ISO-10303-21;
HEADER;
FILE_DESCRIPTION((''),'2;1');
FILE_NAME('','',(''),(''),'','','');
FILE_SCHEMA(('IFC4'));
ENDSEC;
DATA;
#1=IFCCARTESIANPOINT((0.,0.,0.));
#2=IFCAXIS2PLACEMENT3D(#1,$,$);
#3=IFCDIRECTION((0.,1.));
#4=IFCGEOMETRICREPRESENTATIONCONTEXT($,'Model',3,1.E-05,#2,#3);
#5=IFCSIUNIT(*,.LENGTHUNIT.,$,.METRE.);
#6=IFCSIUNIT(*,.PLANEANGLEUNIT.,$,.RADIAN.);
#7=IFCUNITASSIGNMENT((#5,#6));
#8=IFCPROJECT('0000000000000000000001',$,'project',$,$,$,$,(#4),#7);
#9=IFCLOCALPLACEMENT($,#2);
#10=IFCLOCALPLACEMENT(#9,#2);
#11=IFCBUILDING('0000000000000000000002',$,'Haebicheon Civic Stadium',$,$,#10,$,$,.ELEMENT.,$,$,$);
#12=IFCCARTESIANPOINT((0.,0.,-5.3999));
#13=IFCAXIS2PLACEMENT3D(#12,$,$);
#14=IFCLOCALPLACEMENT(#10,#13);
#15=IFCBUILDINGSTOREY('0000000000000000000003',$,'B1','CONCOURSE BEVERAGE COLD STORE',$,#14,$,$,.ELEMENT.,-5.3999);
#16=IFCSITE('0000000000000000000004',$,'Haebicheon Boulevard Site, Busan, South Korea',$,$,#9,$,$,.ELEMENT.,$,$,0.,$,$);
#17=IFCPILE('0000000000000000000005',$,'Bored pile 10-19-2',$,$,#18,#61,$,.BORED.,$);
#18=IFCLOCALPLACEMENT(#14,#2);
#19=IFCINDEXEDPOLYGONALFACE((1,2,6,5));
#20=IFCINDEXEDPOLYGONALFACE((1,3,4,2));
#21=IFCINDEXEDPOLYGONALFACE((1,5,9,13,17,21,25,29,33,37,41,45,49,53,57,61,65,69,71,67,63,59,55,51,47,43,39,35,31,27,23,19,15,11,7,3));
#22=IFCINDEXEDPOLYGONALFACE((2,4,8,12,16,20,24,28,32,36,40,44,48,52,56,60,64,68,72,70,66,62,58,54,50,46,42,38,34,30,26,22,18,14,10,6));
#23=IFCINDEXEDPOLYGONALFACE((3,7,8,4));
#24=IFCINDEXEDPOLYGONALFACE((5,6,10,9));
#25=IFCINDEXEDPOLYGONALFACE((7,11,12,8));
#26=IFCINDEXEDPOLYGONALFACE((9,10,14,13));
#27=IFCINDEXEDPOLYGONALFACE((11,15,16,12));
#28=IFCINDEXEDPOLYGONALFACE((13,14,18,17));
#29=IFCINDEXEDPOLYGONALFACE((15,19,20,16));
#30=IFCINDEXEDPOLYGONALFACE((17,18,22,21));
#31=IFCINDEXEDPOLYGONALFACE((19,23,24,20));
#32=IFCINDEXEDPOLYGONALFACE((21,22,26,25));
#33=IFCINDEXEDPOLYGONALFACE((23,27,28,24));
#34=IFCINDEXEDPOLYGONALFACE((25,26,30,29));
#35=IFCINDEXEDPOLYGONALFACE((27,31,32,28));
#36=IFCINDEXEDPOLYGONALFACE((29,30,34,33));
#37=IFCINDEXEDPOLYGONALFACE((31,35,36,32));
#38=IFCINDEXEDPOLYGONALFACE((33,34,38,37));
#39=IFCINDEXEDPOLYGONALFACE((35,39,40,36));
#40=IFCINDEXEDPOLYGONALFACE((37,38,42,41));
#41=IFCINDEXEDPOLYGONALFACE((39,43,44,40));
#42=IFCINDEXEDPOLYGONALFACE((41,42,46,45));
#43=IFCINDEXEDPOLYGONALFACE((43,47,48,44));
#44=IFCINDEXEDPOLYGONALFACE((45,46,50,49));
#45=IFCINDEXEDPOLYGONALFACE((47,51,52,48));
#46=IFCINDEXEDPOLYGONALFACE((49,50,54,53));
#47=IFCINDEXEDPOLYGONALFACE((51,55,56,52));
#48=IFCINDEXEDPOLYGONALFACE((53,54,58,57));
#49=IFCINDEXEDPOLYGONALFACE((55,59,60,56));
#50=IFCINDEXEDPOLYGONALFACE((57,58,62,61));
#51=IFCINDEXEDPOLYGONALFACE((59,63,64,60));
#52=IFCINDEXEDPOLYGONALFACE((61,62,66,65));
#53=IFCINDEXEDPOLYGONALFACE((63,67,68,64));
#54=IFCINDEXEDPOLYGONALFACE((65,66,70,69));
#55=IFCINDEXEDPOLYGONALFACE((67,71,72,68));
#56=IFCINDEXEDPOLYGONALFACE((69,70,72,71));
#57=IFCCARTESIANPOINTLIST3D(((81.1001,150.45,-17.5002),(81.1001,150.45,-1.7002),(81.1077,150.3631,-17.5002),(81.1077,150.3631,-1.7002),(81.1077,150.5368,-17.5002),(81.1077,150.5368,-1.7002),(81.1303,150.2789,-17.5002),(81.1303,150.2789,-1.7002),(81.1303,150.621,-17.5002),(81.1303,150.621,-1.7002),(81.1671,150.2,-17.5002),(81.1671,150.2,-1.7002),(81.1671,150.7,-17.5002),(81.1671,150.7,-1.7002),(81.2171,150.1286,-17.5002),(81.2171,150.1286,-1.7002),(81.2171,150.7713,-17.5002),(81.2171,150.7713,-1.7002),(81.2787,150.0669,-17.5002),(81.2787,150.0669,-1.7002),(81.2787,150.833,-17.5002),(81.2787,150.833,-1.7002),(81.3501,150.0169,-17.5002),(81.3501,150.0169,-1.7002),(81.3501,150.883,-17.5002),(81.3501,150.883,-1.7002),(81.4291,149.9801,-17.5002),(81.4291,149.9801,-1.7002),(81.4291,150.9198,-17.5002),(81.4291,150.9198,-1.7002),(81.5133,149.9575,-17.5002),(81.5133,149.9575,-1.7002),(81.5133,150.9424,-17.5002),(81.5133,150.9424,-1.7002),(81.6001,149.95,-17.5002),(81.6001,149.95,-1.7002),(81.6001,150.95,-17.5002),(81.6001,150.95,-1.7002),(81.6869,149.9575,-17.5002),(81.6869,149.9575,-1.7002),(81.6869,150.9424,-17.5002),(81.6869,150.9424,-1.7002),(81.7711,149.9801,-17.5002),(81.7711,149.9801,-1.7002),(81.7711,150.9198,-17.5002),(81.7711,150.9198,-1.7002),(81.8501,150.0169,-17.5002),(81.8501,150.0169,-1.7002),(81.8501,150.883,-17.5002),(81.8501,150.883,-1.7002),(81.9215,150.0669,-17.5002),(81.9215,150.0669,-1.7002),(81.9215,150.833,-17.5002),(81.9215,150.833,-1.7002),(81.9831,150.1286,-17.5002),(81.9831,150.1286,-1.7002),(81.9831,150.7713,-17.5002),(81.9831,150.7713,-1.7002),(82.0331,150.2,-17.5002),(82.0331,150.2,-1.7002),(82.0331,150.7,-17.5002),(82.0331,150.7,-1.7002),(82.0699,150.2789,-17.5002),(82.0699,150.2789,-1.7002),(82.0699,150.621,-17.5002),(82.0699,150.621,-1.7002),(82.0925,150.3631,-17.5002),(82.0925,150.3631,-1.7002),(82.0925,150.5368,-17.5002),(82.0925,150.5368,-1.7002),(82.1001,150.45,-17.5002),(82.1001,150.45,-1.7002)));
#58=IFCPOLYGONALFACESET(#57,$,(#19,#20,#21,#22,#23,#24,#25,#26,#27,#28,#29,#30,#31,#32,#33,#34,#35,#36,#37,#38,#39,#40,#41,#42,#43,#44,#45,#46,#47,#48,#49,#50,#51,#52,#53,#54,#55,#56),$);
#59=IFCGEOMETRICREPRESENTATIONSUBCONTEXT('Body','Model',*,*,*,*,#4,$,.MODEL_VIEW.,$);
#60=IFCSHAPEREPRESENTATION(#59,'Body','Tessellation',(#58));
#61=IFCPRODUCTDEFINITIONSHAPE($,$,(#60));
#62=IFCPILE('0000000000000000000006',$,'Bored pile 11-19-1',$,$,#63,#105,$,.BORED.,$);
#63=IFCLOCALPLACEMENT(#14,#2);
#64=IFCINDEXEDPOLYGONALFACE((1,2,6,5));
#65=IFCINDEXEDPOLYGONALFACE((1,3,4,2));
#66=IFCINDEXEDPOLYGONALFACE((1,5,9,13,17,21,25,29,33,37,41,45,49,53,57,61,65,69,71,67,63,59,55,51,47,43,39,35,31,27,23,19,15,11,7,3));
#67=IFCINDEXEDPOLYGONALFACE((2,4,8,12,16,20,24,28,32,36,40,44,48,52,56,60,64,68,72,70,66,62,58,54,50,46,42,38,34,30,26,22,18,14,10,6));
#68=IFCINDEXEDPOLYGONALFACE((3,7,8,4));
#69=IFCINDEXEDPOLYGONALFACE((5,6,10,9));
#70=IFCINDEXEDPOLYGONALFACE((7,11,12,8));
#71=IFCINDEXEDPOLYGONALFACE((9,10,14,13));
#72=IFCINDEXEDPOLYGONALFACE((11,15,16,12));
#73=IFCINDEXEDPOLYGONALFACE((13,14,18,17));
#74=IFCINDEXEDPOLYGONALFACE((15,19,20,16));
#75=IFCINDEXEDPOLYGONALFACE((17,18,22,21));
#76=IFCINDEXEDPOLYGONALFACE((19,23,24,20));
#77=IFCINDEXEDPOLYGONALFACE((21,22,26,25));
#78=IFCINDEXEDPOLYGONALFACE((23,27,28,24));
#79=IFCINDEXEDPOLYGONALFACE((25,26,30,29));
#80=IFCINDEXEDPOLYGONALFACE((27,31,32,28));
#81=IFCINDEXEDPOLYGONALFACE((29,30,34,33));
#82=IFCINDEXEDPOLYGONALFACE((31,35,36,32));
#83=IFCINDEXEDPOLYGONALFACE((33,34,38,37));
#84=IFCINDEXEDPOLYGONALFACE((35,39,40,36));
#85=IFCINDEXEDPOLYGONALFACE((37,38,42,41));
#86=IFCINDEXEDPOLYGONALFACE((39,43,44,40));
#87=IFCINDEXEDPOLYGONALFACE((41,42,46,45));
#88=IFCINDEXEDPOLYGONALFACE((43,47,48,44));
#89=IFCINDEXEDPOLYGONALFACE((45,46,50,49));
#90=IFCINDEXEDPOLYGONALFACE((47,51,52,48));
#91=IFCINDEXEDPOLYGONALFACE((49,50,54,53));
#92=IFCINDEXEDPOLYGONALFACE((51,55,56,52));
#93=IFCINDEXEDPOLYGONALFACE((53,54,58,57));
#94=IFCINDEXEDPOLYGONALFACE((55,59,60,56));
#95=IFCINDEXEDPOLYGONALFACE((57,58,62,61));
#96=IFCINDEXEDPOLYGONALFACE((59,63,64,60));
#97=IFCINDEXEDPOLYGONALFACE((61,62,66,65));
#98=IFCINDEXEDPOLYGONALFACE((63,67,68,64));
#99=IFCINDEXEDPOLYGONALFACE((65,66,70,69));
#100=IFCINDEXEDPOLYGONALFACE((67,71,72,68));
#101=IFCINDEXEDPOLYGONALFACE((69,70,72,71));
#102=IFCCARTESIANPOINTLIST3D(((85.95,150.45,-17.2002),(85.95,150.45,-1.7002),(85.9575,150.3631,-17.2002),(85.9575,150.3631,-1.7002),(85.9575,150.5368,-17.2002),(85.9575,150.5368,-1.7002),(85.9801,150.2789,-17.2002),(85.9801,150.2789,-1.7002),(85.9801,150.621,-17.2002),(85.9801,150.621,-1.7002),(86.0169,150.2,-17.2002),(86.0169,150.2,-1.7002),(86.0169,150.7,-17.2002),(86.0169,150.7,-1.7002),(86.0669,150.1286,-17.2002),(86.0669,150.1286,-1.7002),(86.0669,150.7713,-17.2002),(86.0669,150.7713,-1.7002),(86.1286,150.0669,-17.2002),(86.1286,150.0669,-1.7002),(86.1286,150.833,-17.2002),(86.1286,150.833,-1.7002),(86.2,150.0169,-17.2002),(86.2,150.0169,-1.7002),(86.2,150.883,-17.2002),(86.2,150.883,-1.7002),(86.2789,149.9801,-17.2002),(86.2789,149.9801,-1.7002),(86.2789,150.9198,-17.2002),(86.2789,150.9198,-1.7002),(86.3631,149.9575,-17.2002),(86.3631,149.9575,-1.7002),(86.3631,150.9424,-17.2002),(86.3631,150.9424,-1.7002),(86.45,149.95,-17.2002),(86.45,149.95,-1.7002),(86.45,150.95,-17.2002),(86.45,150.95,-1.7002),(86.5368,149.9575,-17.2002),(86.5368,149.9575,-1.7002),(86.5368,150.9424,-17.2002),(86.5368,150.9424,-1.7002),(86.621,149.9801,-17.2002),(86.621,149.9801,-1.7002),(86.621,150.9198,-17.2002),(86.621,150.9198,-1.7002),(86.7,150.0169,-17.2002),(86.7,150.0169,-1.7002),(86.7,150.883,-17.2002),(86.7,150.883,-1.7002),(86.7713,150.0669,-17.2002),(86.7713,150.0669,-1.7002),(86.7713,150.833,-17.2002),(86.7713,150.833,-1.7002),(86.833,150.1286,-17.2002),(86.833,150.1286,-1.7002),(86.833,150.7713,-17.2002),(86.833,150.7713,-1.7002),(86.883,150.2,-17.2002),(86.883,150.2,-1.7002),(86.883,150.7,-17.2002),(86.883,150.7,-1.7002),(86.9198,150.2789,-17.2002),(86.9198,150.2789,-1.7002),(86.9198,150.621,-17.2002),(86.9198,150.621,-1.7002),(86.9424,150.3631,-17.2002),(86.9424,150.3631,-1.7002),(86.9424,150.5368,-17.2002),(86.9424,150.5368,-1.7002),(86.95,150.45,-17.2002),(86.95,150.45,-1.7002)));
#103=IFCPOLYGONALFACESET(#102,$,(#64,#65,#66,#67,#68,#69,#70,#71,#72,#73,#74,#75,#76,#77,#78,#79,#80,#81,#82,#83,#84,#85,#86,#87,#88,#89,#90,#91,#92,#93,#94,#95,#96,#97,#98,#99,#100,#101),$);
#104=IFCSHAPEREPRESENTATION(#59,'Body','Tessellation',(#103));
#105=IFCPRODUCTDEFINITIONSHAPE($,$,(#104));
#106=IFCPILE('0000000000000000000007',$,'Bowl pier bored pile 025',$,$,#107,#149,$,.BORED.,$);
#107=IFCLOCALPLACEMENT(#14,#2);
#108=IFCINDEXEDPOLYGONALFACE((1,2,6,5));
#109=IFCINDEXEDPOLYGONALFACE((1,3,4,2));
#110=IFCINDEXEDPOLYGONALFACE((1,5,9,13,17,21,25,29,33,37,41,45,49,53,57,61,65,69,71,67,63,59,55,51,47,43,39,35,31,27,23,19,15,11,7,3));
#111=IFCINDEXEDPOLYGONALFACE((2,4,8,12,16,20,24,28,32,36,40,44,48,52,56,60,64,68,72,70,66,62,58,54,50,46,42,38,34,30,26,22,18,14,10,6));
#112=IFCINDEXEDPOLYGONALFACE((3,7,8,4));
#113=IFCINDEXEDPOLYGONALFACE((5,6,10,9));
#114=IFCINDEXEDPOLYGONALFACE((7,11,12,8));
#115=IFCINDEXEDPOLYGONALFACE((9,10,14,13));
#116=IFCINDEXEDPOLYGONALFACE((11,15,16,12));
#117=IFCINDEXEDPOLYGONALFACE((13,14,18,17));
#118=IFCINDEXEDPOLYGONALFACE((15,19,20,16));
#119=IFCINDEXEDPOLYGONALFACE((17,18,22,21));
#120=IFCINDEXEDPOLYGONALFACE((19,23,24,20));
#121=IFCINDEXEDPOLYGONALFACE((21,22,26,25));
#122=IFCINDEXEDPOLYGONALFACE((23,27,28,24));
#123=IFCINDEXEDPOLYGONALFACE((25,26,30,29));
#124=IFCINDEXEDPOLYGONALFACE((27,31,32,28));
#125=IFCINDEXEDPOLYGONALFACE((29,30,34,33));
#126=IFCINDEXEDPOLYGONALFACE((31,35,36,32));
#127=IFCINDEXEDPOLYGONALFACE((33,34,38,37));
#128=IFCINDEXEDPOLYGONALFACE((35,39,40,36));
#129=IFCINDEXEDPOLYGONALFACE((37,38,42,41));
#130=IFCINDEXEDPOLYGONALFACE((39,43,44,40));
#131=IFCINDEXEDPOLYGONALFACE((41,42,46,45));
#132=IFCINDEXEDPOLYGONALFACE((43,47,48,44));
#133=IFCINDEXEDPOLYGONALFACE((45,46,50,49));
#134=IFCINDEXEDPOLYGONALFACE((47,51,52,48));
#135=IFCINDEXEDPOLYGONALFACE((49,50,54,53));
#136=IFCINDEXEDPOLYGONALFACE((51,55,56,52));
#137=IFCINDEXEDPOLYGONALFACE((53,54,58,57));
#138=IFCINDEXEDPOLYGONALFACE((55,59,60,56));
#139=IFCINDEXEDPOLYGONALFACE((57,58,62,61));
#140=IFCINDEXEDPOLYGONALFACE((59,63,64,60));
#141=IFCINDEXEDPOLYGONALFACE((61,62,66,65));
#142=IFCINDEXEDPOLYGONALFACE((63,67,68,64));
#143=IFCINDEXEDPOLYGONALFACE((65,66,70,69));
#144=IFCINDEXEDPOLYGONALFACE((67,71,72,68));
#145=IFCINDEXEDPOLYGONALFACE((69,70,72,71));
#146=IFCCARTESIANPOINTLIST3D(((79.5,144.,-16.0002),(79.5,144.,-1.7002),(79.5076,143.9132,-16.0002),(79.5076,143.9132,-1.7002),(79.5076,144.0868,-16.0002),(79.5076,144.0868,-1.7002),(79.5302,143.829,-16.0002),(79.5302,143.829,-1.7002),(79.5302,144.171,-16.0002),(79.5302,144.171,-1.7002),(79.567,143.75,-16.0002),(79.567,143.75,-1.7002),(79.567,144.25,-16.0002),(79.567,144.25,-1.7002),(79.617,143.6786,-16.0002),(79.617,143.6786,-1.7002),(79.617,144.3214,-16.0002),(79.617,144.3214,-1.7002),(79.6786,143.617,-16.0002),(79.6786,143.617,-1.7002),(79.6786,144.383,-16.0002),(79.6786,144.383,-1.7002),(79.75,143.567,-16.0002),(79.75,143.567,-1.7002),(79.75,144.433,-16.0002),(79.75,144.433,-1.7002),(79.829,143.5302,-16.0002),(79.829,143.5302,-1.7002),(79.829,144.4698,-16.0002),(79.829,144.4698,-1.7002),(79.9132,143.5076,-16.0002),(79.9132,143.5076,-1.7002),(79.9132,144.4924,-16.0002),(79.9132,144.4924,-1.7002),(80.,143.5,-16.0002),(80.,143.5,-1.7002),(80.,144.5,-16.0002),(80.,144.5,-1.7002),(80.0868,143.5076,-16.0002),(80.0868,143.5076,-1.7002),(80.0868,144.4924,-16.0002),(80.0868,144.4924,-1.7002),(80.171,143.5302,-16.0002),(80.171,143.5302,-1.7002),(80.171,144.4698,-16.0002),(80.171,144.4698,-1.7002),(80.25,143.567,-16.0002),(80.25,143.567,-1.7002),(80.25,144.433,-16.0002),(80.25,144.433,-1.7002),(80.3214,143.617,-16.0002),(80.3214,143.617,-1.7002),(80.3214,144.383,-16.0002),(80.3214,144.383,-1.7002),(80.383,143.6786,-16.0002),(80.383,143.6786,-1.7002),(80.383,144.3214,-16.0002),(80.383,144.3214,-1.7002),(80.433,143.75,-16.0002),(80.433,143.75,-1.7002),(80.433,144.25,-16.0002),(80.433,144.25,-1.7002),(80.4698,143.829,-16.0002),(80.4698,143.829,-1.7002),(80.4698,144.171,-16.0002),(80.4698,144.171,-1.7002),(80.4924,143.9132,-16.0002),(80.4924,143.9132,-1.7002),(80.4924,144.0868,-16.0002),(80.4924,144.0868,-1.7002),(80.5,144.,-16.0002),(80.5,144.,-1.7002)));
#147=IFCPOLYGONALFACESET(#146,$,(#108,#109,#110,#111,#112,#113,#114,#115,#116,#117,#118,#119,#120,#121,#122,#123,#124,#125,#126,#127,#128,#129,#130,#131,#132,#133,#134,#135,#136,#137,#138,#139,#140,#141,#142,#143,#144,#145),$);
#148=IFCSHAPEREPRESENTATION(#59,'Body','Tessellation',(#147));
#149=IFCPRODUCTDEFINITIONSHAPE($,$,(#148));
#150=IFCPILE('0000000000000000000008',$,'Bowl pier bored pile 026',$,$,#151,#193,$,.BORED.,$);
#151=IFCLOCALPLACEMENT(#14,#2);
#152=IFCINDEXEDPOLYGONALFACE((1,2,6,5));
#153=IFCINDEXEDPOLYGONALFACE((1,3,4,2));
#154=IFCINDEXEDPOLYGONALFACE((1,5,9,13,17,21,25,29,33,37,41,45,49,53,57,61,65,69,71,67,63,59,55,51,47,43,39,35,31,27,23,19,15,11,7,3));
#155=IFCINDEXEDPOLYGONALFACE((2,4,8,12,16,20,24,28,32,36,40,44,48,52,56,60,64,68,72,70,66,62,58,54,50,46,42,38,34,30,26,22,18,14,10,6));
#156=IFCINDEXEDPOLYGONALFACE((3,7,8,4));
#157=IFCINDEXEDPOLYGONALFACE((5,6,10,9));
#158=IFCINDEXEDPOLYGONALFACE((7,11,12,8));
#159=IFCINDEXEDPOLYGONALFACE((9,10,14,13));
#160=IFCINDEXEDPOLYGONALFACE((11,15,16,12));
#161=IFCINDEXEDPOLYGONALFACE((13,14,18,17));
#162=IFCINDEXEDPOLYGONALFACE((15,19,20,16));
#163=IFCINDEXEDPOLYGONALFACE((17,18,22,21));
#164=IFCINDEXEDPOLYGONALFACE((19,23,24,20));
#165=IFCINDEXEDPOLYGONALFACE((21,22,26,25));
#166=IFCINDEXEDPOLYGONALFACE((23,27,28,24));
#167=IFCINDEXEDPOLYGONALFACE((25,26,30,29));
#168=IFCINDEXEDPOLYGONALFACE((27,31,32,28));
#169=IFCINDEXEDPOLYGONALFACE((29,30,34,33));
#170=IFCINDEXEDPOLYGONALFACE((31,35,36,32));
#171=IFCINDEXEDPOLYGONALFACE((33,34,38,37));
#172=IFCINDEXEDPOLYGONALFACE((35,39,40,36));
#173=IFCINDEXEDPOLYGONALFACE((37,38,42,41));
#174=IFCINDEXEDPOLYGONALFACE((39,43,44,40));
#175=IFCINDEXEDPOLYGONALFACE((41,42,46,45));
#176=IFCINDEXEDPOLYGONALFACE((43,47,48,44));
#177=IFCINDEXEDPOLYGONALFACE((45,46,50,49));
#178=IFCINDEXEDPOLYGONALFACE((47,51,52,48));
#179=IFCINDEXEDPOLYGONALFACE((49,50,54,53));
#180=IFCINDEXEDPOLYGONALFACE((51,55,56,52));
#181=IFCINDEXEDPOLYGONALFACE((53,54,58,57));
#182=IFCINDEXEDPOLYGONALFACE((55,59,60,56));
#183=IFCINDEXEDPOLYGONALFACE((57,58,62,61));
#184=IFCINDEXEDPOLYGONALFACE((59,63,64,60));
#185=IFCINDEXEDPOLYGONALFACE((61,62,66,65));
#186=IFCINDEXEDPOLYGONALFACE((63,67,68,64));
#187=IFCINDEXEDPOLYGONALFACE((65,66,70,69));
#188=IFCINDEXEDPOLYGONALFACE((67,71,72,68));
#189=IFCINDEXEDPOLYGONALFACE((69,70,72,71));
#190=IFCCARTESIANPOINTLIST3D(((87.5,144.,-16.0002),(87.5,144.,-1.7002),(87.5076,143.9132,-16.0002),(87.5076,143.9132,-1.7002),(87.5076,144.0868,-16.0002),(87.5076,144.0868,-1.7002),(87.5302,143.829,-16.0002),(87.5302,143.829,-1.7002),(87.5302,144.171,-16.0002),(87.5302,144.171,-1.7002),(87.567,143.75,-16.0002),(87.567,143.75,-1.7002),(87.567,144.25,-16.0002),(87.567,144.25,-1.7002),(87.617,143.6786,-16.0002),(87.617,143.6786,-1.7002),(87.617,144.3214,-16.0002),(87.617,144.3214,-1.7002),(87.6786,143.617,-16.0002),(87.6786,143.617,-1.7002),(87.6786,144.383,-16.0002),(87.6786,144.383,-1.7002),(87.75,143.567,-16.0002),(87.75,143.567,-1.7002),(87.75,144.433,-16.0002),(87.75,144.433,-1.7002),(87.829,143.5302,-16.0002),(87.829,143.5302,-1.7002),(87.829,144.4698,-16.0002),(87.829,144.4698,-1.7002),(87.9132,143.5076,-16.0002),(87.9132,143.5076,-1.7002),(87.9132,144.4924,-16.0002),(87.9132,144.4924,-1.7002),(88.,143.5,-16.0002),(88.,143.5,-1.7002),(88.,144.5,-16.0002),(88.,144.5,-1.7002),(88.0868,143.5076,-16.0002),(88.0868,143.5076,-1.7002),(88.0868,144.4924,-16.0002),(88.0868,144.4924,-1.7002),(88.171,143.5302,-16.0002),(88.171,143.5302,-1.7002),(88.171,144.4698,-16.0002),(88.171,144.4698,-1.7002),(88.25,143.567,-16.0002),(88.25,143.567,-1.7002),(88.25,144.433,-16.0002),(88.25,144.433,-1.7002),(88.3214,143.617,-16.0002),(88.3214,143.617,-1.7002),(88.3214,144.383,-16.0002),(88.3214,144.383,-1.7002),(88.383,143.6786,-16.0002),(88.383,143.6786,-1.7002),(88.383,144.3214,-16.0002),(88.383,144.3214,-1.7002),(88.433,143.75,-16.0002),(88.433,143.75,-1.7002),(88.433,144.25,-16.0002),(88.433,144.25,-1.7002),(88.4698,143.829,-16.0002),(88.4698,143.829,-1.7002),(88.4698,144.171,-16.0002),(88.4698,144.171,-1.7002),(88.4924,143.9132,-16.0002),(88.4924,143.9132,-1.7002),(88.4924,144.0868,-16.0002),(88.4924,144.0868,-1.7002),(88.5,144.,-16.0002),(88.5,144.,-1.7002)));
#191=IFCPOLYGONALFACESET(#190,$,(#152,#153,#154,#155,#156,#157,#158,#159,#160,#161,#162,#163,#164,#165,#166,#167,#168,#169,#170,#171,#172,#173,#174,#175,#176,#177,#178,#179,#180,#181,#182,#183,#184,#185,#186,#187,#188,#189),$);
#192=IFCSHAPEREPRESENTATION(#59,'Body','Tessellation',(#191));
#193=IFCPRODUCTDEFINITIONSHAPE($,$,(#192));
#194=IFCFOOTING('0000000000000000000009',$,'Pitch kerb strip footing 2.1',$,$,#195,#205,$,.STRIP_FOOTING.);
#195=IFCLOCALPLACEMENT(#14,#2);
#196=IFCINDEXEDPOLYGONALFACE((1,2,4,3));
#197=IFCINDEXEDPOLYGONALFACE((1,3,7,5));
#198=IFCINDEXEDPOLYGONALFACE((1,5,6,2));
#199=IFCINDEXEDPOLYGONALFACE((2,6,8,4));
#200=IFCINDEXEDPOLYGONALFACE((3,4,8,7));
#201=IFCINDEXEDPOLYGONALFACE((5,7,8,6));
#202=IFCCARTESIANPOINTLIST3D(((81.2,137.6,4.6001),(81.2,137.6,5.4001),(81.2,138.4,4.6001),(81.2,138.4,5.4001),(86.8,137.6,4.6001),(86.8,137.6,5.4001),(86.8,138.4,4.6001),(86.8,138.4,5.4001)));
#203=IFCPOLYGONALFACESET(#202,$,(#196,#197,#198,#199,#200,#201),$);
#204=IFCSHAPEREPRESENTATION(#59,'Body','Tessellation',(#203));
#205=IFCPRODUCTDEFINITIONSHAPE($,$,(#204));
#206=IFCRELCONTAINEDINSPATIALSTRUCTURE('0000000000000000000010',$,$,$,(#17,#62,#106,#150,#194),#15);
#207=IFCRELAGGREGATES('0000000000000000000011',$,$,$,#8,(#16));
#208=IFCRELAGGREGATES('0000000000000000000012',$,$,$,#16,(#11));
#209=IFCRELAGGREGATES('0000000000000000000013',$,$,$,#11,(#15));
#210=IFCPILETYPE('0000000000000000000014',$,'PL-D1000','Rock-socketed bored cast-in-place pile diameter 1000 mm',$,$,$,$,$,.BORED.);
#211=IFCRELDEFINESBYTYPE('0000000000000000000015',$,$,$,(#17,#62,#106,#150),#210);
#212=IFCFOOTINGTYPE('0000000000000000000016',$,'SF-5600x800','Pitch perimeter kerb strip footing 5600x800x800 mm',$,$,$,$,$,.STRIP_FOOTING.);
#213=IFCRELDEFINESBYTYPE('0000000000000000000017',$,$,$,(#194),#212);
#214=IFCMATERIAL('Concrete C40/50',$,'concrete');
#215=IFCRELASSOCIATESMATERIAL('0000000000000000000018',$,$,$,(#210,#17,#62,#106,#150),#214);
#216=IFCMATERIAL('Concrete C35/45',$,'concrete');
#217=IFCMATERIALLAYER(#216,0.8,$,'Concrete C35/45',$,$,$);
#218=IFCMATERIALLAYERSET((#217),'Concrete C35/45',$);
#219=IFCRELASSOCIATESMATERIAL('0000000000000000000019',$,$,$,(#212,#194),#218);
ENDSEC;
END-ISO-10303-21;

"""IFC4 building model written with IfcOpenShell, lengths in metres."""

from ifc_helpers import new_model, si_unit, direction, frame, origin, origin_2d, place, context, subcontext, project, spatial, rectangle, circle, extrude, material, layer, layer_set, material_profile, profile_set, type_object, element, save


model = new_model("IFC4")

# Units and contexts
model_context = context("Model", 3, precision=1e-05, world=origin(), true_north=direction((0.0, 1.0)))
body_context = subcontext(model_context, "Body", "Model", "MODEL_VIEW")
ifc_project = project(units=[si_unit("LENGTHUNIT", "METRE"), si_unit("PLANEANGLEUNIT", "RADIAN")], contexts=[model_context])

# Site, building, storey
site_placement = place(None, origin())
site = spatial("IfcSite", under=ifc_project, at=site_placement, Name="Haebicheon Boulevard Site, Busan, South Korea", CompositionType="ELEMENT", RefElevation=0.0)
building_placement = place(site_placement, origin())
building = spatial("IfcBuilding", under=site, at=building_placement, Name="Haebicheon Civic Stadium", CompositionType="ELEMENT")
storey_placement = place(building_placement, frame((0.0, 0.0, -5.3999)))
storey = spatial("IfcBuildingStorey", under=building, at=storey_placement, Name="B1", Description="CONCOURSE BEVERAGE COLD STORE", CompositionType="ELEMENT", Elevation=-5.3999)

# Piles
ifc_material_1 = material(Name="Concrete C40/50", Category="concrete")
ifc_material_profile_1 = material_profile(ifc_material_1, circle(Radius=0.5, at=origin_2d()), Name="PILE-D1000")
ifc_profile_set_1 = profile_set([ifc_material_profile_1], Name="Concrete C40/50")
pile_type = type_object("IfcPileType", Name="PL-D1000", Description="Rock-socketed bored cast-in-place pile diameter 1000 mm", PredefinedType="BORED", material=ifc_profile_set_1)
for number, where, z_axis, x_axis, name in (
    (1, (81.6001, 150.45, -1.7002), (0.0, 0.0, -1.0), (1.0, 0.0, 0.0), "Bored pile 10-19-2"),
):
    element("IfcPile", number, at=place(storey_placement, frame(where, z_axis=z_axis, x_axis=x_axis)), inside=storey, type_object=pile_type, material=ifc_profile_set_1, Name=name, PredefinedType="BORED", context=body_context, shape_type="SweptSolid", body=[
        extrude(circle(Radius=0.5, at=origin_2d()), origin(), (0.0, 0.0, 1.0), 15.8),
    ])
pile_1_placement = place(storey_placement, frame((86.45, 150.45, -1.7002), z_axis=(0.0, 0.0, -1.0), x_axis=(1.0, 0.0, 0.0)))
element("IfcPile", 2, at=pile_1_placement, inside=storey, type_object=pile_type, material=ifc_profile_set_1, Name="Bored pile 11-19-1", PredefinedType="BORED", context=body_context, shape_type="SweptSolid", body=[
    extrude(circle(Radius=0.5, at=origin_2d()), origin(), (0.0, 0.0, 1.0), 15.5),
])
for number, where, z_axis, x_axis, name in (
    (3, (80.0, 144.0, -1.7002), (0.0, 0.0, -1.0), (1.0, 0.0, 0.0), "Bowl pier bored pile 025"),
    (4, (88.0, 144.0, -1.7002), (0.0, 0.0, -1.0), (1.0, 0.0, 0.0), "Bowl pier bored pile 026"),
):
    element("IfcPile", number, at=place(storey_placement, frame(where, z_axis=z_axis, x_axis=x_axis)), inside=storey, type_object=pile_type, material=ifc_profile_set_1, Name=name, PredefinedType="BORED", context=body_context, shape_type="SweptSolid", body=[
        extrude(circle(Radius=0.5, at=origin_2d()), origin(), (0.0, 0.0, 1.0), 14.3),
    ])

# Footing
ifc_material_2 = material(Name="Concrete C35/45", Category="concrete")
ifc_layer_1 = layer(ifc_material_2, 0.8, Name="Concrete C35/45")
ifc_layer_set_1 = layer_set([ifc_layer_1], Name="Concrete C35/45")
footing_type_1 = type_object("IfcFootingType", Name="SF-5600x800", Description="Pitch perimeter kerb strip footing 5600x800x800 mm", PredefinedType="STRIP_FOOTING", material=ifc_layer_set_1)
footing_1_placement = place(storey_placement, frame((84.0, 138.0, 4.6001), z_axis=(0.0, 0.0, 1.0), x_axis=(1.0, 0.0, 0.0)))
element("IfcFooting", 5, at=footing_1_placement, inside=storey, type_object=footing_type_1, material=ifc_layer_set_1, Name="Pitch kerb strip footing 2.1", PredefinedType="STRIP_FOOTING", context=body_context, shape_type="SweptSolid", body=[
    extrude(rectangle(XDim=5.6001, YDim=0.8, at=origin_2d()), origin(), (0.0, 0.0, 1.0), 0.8),
])

save(model, "model.ifc")
